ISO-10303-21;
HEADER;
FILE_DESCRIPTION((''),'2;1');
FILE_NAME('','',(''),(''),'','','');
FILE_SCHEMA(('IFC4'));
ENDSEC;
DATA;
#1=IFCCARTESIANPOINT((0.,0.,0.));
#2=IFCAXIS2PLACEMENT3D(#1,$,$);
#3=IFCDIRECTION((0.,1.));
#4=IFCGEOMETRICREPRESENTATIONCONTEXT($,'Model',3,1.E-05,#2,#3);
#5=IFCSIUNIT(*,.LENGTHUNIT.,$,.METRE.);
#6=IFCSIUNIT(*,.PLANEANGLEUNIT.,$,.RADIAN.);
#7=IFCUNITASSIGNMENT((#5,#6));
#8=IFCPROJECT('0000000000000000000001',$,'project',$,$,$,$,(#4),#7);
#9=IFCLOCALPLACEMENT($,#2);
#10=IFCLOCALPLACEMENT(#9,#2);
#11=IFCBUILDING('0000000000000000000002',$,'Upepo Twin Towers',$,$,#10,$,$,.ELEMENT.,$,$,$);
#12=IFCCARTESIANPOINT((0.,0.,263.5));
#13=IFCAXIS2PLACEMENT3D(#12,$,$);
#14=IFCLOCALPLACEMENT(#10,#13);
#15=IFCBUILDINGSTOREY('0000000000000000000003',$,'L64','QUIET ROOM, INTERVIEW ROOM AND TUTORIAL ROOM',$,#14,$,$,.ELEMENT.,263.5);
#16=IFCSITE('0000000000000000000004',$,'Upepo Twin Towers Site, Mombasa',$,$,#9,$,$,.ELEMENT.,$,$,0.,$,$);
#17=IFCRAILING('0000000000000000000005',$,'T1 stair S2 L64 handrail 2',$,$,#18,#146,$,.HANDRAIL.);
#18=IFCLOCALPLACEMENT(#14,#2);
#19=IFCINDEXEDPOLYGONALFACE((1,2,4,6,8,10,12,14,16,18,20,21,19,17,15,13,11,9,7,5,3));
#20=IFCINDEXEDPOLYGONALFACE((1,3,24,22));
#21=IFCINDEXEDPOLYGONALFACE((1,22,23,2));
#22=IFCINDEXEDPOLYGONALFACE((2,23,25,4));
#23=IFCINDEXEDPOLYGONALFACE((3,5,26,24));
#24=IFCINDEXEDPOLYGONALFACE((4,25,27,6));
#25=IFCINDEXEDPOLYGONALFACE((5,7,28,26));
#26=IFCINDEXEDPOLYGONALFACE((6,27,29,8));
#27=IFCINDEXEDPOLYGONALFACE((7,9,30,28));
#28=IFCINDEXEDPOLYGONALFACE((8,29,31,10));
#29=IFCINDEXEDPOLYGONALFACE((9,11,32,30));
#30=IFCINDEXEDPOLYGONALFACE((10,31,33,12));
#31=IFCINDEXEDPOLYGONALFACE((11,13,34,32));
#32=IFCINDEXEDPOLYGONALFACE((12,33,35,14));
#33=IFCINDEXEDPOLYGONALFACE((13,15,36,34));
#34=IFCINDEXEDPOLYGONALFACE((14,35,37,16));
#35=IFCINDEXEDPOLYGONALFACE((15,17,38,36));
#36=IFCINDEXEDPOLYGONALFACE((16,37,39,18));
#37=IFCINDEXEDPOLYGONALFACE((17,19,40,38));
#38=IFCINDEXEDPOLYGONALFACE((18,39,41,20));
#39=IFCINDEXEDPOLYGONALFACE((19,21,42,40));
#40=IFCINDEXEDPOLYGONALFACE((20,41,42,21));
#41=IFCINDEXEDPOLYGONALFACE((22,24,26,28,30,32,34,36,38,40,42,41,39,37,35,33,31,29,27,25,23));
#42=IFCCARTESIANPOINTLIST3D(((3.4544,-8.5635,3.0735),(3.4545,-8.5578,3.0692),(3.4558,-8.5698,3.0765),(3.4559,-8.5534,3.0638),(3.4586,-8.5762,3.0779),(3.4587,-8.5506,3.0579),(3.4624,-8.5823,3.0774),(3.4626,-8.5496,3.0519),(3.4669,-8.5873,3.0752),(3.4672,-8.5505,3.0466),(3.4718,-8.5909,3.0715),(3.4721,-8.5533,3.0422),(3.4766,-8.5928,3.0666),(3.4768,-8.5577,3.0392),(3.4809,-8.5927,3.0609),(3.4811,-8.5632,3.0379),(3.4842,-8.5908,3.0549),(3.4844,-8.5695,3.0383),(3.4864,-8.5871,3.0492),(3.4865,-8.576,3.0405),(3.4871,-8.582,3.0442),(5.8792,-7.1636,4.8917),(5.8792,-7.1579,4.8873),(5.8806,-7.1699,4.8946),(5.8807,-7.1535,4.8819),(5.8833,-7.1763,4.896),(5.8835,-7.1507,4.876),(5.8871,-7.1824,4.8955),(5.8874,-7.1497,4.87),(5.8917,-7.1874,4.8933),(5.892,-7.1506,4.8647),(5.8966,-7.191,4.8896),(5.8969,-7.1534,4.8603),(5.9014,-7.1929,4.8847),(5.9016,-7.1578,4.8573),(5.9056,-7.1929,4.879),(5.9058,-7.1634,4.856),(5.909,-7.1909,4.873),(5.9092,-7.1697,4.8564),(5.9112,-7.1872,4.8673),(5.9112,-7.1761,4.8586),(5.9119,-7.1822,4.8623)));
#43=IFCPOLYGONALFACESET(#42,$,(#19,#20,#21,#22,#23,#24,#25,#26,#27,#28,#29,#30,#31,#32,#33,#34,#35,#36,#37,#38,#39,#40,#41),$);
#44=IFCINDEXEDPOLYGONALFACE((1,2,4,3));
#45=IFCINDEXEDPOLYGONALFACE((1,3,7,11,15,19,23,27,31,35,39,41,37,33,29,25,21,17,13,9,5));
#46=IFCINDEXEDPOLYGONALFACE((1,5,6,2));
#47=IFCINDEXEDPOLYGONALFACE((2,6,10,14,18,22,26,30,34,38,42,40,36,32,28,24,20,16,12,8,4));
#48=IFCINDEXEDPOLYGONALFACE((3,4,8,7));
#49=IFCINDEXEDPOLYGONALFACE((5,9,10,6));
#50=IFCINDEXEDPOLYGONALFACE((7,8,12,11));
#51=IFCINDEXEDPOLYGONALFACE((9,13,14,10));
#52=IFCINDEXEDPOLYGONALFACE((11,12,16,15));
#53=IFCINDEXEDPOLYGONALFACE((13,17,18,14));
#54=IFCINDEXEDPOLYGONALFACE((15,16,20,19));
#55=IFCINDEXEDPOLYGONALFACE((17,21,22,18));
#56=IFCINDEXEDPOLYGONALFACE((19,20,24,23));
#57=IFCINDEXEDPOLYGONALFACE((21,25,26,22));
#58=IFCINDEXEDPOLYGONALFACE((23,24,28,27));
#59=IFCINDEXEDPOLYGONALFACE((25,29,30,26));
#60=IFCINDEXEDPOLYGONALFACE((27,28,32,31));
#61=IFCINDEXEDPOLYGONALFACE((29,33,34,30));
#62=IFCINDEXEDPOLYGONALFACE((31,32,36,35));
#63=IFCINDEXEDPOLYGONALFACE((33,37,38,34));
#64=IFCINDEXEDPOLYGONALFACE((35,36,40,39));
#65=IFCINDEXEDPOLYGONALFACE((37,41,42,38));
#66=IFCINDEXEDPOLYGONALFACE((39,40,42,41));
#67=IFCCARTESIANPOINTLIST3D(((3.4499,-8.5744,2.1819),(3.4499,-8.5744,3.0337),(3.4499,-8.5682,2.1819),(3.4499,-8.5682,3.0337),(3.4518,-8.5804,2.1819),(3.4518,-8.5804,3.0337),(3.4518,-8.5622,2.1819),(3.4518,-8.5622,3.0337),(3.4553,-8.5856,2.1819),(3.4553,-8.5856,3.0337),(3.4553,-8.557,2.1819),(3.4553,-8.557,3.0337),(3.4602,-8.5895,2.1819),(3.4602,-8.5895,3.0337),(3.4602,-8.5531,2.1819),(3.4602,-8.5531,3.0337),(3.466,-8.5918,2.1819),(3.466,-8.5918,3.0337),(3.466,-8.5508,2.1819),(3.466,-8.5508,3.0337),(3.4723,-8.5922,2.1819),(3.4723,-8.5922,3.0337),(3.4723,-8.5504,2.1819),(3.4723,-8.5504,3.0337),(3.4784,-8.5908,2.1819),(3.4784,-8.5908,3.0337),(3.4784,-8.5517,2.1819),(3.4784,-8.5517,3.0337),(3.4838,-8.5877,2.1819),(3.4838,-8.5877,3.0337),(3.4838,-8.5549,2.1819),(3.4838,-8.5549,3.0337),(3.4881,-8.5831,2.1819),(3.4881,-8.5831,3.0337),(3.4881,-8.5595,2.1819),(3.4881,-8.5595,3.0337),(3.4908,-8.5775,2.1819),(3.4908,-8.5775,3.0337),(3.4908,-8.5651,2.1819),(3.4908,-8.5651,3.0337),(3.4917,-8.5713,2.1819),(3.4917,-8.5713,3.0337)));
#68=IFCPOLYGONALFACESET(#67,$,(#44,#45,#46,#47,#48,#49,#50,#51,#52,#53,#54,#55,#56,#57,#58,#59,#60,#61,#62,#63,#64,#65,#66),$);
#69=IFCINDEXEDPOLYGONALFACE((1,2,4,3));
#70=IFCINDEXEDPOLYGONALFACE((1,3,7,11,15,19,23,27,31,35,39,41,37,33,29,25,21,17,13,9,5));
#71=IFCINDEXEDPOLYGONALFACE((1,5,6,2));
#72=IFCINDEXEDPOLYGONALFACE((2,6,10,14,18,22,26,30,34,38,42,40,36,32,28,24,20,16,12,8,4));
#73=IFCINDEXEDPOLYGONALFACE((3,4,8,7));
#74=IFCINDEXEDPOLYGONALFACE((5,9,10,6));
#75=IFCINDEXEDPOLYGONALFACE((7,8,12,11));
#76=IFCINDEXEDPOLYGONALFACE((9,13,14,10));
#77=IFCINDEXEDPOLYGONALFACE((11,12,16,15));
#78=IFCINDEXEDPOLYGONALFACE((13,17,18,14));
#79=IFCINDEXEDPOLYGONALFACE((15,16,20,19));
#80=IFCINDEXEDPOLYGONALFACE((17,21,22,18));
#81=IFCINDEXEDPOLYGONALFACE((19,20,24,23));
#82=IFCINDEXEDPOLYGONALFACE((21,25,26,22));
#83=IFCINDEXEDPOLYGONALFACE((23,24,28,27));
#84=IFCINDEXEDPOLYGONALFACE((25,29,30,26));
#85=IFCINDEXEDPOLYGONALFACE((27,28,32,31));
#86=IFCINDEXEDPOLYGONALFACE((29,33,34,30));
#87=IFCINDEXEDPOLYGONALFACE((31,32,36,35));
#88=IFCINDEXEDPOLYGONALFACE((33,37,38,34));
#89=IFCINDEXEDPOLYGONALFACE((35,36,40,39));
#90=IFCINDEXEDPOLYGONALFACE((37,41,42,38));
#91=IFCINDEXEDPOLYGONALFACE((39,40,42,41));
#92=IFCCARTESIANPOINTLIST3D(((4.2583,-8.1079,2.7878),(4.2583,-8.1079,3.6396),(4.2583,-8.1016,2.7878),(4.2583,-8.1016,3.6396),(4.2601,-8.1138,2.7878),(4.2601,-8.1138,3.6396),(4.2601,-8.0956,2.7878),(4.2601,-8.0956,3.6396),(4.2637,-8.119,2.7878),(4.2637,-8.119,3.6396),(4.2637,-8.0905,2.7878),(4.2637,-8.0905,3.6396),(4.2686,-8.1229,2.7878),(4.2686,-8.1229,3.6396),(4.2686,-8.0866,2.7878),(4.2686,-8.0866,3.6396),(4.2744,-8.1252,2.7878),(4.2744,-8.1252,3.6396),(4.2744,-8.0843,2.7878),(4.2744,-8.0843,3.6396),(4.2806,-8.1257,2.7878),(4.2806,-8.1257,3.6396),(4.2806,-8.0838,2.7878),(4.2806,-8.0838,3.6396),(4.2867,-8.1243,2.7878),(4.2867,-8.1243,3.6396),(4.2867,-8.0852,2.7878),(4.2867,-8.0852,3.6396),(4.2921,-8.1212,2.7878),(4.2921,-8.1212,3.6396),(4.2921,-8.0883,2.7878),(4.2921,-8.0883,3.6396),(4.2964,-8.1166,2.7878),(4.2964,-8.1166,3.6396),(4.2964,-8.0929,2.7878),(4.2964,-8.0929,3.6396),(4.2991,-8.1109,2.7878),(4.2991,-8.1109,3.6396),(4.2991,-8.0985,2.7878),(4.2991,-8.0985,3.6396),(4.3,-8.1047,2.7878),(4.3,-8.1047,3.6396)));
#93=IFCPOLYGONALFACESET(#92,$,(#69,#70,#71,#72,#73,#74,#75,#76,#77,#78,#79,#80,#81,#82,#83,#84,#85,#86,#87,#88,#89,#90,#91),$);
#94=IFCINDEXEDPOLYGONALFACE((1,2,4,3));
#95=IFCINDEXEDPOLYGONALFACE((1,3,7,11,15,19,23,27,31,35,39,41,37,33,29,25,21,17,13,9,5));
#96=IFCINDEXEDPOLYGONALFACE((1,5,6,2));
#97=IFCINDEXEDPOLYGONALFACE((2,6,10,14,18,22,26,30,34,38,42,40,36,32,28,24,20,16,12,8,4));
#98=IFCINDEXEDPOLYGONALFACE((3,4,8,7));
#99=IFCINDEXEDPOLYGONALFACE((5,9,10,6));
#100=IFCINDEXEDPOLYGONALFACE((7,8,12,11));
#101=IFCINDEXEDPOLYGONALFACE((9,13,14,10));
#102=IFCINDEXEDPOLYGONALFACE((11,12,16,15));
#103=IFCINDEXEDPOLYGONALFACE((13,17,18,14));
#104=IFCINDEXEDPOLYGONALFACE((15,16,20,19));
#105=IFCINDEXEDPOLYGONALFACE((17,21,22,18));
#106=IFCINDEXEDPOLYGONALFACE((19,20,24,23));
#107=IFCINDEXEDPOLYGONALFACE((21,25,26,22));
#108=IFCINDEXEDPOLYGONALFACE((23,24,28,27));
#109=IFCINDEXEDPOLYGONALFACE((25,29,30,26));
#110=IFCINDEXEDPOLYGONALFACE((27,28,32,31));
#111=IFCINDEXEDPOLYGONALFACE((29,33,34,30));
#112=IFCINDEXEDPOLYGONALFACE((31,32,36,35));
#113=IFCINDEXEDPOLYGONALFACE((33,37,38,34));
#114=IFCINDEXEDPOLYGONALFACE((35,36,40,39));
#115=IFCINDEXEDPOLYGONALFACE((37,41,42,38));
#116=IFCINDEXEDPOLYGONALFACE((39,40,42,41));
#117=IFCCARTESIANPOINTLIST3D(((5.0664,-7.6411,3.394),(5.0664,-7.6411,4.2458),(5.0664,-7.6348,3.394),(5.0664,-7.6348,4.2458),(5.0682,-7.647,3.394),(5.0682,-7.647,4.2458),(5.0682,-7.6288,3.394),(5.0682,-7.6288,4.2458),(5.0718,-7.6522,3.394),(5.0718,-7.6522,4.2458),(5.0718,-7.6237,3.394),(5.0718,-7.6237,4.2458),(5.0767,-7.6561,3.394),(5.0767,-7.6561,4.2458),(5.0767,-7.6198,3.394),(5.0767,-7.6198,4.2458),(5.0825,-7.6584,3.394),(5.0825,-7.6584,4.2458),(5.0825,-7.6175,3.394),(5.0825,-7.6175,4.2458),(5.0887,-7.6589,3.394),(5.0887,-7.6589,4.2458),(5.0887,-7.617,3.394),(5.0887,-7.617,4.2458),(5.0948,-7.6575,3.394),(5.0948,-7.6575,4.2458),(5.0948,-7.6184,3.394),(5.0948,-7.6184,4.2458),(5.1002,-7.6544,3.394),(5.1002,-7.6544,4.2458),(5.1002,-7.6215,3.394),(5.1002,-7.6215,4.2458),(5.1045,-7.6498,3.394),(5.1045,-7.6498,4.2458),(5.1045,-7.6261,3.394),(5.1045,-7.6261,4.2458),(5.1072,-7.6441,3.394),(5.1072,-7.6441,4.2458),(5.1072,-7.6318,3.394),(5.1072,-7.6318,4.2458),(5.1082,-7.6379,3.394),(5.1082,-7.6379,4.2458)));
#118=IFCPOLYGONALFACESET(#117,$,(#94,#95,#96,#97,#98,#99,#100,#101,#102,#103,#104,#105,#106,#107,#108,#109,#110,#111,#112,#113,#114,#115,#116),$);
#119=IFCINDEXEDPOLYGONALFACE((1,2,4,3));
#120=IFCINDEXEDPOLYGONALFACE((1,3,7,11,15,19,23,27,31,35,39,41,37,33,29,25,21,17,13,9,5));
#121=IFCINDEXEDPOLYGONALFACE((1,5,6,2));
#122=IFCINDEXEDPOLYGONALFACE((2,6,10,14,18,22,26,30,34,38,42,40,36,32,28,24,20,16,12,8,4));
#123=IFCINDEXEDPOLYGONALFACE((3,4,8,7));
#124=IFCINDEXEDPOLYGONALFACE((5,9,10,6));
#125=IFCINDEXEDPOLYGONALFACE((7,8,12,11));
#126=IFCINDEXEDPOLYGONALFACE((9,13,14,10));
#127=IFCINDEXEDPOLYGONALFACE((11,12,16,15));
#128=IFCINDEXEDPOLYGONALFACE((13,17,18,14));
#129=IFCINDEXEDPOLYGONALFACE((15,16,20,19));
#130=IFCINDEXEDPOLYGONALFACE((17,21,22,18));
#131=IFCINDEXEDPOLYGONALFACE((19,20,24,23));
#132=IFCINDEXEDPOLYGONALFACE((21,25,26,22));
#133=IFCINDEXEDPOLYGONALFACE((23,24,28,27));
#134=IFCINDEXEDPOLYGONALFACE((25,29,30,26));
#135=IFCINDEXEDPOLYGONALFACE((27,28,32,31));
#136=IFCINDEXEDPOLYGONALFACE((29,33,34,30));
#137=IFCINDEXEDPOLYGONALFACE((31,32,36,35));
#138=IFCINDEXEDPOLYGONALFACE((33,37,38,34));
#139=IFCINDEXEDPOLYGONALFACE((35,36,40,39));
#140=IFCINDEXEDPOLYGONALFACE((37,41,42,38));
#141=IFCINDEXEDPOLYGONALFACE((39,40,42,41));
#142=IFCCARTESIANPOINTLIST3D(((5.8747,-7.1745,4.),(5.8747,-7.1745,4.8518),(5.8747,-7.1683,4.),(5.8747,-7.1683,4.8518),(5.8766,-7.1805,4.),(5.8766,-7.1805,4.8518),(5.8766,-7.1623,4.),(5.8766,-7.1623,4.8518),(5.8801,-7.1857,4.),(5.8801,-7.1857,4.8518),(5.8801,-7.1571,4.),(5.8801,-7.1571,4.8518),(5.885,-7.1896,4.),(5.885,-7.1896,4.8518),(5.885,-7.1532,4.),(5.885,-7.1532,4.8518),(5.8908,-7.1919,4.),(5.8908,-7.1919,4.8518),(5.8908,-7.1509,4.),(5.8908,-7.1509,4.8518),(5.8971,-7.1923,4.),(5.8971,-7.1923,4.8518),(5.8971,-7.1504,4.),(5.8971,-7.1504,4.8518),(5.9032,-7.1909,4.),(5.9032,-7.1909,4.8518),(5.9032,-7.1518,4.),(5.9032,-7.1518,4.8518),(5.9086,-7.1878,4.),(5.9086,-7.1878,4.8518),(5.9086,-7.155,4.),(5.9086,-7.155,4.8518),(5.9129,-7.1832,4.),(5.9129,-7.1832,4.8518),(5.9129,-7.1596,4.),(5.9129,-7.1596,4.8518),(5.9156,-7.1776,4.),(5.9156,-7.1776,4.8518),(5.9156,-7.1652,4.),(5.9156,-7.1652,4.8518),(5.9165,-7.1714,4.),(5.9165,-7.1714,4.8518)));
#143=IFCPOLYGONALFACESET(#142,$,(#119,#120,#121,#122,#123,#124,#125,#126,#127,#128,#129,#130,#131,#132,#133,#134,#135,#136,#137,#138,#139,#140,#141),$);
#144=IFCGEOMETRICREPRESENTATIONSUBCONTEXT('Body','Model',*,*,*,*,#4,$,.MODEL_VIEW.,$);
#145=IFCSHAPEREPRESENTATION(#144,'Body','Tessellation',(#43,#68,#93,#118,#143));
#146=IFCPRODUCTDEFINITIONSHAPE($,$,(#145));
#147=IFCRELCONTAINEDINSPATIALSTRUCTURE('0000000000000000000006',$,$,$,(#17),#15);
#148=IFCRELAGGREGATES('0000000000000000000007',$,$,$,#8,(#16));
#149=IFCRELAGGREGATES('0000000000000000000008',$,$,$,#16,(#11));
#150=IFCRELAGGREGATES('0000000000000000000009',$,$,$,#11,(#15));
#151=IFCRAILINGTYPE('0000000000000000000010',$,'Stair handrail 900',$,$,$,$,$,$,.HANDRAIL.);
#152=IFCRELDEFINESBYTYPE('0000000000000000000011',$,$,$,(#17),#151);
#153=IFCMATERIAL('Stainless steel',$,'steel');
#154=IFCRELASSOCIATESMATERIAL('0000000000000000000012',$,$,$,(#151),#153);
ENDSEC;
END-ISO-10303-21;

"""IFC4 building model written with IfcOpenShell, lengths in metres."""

from ifc_helpers import new_model, si_unit, direction, frame, origin, origin_2d, place, context, subcontext, project, spatial, circle, extrude, material, type_object, element, save


model = new_model("IFC4")

# Units and contexts
model_context = context("Model", 3, precision=1e-05, world=origin(), true_north=direction((0.0, 1.0)))
body_context = subcontext(model_context, "Body", "Model", "MODEL_VIEW")
ifc_project = project(units=[si_unit("LENGTHUNIT", "METRE"), si_unit("PLANEANGLEUNIT", "RADIAN")], contexts=[model_context])

# Site, building, storey
site_placement = place(None, origin())
site = spatial("IfcSite", under=ifc_project, at=site_placement, Name="Upepo Twin Towers Site, Mombasa", CompositionType="ELEMENT", RefElevation=0.0)
building_placement = place(site_placement, origin())
building = spatial("IfcBuilding", under=site, at=building_placement, Name="Upepo Twin Towers", CompositionType="ELEMENT")
storey_placement = place(building_placement, frame((0.0, 0.0, 263.5)))
storey = spatial("IfcBuildingStorey", under=building, at=storey_placement, Name="L64", Description="QUIET ROOM, INTERVIEW ROOM AND TUTORIAL ROOM", CompositionType="ELEMENT", Elevation=263.5)

# Railing
ifc_material_1 = material(Name="Stainless steel", Category="steel")
railing_type = type_object("IfcRailingType", Name="Stair handrail 900", PredefinedType="HANDRAIL", material=ifc_material_1)
railing_1_placement = place(storey_placement, frame((3.4707, -8.5713, 2.1819)))
element("IfcRailing", 1, at=railing_1_placement, inside=storey, type_object=railing_type, Name="T1 stair S2 L64 handrail 2", PredefinedType="HANDRAIL", context=body_context, shape_type="SweptSolid", body=[
    extrude(circle(Radius=0.0239, at=origin_2d()), frame((0.0, 0.0, 0.876), z_axis=(0.726336, 0.419333, 0.544606), x_axis=(-0.499984, 0.866035, 0.0)), (0.0, 0.0, 1.0), 3.3384),
    extrude(circle(Radius=0.021, at=origin_2d()), origin(), (0.0, 0.0, 1.0), 0.8518),
    extrude(circle(Radius=0.021, at=origin_2d()), frame((0.8083, 0.4666, 0.606)), (0.0, 0.0, 1.0), 0.8518),
    extrude(circle(Radius=0.021, at=origin_2d()), frame((1.6165, 0.9333, 1.2122)), (0.0, 0.0, 1.0), 0.8518),
    extrude(circle(Radius=0.021, at=origin_2d()), frame((2.4248, 1.3999, 1.8181)), (0.0, 0.0, 1.0), 0.8518),
])

save(model, "model.ifc")
